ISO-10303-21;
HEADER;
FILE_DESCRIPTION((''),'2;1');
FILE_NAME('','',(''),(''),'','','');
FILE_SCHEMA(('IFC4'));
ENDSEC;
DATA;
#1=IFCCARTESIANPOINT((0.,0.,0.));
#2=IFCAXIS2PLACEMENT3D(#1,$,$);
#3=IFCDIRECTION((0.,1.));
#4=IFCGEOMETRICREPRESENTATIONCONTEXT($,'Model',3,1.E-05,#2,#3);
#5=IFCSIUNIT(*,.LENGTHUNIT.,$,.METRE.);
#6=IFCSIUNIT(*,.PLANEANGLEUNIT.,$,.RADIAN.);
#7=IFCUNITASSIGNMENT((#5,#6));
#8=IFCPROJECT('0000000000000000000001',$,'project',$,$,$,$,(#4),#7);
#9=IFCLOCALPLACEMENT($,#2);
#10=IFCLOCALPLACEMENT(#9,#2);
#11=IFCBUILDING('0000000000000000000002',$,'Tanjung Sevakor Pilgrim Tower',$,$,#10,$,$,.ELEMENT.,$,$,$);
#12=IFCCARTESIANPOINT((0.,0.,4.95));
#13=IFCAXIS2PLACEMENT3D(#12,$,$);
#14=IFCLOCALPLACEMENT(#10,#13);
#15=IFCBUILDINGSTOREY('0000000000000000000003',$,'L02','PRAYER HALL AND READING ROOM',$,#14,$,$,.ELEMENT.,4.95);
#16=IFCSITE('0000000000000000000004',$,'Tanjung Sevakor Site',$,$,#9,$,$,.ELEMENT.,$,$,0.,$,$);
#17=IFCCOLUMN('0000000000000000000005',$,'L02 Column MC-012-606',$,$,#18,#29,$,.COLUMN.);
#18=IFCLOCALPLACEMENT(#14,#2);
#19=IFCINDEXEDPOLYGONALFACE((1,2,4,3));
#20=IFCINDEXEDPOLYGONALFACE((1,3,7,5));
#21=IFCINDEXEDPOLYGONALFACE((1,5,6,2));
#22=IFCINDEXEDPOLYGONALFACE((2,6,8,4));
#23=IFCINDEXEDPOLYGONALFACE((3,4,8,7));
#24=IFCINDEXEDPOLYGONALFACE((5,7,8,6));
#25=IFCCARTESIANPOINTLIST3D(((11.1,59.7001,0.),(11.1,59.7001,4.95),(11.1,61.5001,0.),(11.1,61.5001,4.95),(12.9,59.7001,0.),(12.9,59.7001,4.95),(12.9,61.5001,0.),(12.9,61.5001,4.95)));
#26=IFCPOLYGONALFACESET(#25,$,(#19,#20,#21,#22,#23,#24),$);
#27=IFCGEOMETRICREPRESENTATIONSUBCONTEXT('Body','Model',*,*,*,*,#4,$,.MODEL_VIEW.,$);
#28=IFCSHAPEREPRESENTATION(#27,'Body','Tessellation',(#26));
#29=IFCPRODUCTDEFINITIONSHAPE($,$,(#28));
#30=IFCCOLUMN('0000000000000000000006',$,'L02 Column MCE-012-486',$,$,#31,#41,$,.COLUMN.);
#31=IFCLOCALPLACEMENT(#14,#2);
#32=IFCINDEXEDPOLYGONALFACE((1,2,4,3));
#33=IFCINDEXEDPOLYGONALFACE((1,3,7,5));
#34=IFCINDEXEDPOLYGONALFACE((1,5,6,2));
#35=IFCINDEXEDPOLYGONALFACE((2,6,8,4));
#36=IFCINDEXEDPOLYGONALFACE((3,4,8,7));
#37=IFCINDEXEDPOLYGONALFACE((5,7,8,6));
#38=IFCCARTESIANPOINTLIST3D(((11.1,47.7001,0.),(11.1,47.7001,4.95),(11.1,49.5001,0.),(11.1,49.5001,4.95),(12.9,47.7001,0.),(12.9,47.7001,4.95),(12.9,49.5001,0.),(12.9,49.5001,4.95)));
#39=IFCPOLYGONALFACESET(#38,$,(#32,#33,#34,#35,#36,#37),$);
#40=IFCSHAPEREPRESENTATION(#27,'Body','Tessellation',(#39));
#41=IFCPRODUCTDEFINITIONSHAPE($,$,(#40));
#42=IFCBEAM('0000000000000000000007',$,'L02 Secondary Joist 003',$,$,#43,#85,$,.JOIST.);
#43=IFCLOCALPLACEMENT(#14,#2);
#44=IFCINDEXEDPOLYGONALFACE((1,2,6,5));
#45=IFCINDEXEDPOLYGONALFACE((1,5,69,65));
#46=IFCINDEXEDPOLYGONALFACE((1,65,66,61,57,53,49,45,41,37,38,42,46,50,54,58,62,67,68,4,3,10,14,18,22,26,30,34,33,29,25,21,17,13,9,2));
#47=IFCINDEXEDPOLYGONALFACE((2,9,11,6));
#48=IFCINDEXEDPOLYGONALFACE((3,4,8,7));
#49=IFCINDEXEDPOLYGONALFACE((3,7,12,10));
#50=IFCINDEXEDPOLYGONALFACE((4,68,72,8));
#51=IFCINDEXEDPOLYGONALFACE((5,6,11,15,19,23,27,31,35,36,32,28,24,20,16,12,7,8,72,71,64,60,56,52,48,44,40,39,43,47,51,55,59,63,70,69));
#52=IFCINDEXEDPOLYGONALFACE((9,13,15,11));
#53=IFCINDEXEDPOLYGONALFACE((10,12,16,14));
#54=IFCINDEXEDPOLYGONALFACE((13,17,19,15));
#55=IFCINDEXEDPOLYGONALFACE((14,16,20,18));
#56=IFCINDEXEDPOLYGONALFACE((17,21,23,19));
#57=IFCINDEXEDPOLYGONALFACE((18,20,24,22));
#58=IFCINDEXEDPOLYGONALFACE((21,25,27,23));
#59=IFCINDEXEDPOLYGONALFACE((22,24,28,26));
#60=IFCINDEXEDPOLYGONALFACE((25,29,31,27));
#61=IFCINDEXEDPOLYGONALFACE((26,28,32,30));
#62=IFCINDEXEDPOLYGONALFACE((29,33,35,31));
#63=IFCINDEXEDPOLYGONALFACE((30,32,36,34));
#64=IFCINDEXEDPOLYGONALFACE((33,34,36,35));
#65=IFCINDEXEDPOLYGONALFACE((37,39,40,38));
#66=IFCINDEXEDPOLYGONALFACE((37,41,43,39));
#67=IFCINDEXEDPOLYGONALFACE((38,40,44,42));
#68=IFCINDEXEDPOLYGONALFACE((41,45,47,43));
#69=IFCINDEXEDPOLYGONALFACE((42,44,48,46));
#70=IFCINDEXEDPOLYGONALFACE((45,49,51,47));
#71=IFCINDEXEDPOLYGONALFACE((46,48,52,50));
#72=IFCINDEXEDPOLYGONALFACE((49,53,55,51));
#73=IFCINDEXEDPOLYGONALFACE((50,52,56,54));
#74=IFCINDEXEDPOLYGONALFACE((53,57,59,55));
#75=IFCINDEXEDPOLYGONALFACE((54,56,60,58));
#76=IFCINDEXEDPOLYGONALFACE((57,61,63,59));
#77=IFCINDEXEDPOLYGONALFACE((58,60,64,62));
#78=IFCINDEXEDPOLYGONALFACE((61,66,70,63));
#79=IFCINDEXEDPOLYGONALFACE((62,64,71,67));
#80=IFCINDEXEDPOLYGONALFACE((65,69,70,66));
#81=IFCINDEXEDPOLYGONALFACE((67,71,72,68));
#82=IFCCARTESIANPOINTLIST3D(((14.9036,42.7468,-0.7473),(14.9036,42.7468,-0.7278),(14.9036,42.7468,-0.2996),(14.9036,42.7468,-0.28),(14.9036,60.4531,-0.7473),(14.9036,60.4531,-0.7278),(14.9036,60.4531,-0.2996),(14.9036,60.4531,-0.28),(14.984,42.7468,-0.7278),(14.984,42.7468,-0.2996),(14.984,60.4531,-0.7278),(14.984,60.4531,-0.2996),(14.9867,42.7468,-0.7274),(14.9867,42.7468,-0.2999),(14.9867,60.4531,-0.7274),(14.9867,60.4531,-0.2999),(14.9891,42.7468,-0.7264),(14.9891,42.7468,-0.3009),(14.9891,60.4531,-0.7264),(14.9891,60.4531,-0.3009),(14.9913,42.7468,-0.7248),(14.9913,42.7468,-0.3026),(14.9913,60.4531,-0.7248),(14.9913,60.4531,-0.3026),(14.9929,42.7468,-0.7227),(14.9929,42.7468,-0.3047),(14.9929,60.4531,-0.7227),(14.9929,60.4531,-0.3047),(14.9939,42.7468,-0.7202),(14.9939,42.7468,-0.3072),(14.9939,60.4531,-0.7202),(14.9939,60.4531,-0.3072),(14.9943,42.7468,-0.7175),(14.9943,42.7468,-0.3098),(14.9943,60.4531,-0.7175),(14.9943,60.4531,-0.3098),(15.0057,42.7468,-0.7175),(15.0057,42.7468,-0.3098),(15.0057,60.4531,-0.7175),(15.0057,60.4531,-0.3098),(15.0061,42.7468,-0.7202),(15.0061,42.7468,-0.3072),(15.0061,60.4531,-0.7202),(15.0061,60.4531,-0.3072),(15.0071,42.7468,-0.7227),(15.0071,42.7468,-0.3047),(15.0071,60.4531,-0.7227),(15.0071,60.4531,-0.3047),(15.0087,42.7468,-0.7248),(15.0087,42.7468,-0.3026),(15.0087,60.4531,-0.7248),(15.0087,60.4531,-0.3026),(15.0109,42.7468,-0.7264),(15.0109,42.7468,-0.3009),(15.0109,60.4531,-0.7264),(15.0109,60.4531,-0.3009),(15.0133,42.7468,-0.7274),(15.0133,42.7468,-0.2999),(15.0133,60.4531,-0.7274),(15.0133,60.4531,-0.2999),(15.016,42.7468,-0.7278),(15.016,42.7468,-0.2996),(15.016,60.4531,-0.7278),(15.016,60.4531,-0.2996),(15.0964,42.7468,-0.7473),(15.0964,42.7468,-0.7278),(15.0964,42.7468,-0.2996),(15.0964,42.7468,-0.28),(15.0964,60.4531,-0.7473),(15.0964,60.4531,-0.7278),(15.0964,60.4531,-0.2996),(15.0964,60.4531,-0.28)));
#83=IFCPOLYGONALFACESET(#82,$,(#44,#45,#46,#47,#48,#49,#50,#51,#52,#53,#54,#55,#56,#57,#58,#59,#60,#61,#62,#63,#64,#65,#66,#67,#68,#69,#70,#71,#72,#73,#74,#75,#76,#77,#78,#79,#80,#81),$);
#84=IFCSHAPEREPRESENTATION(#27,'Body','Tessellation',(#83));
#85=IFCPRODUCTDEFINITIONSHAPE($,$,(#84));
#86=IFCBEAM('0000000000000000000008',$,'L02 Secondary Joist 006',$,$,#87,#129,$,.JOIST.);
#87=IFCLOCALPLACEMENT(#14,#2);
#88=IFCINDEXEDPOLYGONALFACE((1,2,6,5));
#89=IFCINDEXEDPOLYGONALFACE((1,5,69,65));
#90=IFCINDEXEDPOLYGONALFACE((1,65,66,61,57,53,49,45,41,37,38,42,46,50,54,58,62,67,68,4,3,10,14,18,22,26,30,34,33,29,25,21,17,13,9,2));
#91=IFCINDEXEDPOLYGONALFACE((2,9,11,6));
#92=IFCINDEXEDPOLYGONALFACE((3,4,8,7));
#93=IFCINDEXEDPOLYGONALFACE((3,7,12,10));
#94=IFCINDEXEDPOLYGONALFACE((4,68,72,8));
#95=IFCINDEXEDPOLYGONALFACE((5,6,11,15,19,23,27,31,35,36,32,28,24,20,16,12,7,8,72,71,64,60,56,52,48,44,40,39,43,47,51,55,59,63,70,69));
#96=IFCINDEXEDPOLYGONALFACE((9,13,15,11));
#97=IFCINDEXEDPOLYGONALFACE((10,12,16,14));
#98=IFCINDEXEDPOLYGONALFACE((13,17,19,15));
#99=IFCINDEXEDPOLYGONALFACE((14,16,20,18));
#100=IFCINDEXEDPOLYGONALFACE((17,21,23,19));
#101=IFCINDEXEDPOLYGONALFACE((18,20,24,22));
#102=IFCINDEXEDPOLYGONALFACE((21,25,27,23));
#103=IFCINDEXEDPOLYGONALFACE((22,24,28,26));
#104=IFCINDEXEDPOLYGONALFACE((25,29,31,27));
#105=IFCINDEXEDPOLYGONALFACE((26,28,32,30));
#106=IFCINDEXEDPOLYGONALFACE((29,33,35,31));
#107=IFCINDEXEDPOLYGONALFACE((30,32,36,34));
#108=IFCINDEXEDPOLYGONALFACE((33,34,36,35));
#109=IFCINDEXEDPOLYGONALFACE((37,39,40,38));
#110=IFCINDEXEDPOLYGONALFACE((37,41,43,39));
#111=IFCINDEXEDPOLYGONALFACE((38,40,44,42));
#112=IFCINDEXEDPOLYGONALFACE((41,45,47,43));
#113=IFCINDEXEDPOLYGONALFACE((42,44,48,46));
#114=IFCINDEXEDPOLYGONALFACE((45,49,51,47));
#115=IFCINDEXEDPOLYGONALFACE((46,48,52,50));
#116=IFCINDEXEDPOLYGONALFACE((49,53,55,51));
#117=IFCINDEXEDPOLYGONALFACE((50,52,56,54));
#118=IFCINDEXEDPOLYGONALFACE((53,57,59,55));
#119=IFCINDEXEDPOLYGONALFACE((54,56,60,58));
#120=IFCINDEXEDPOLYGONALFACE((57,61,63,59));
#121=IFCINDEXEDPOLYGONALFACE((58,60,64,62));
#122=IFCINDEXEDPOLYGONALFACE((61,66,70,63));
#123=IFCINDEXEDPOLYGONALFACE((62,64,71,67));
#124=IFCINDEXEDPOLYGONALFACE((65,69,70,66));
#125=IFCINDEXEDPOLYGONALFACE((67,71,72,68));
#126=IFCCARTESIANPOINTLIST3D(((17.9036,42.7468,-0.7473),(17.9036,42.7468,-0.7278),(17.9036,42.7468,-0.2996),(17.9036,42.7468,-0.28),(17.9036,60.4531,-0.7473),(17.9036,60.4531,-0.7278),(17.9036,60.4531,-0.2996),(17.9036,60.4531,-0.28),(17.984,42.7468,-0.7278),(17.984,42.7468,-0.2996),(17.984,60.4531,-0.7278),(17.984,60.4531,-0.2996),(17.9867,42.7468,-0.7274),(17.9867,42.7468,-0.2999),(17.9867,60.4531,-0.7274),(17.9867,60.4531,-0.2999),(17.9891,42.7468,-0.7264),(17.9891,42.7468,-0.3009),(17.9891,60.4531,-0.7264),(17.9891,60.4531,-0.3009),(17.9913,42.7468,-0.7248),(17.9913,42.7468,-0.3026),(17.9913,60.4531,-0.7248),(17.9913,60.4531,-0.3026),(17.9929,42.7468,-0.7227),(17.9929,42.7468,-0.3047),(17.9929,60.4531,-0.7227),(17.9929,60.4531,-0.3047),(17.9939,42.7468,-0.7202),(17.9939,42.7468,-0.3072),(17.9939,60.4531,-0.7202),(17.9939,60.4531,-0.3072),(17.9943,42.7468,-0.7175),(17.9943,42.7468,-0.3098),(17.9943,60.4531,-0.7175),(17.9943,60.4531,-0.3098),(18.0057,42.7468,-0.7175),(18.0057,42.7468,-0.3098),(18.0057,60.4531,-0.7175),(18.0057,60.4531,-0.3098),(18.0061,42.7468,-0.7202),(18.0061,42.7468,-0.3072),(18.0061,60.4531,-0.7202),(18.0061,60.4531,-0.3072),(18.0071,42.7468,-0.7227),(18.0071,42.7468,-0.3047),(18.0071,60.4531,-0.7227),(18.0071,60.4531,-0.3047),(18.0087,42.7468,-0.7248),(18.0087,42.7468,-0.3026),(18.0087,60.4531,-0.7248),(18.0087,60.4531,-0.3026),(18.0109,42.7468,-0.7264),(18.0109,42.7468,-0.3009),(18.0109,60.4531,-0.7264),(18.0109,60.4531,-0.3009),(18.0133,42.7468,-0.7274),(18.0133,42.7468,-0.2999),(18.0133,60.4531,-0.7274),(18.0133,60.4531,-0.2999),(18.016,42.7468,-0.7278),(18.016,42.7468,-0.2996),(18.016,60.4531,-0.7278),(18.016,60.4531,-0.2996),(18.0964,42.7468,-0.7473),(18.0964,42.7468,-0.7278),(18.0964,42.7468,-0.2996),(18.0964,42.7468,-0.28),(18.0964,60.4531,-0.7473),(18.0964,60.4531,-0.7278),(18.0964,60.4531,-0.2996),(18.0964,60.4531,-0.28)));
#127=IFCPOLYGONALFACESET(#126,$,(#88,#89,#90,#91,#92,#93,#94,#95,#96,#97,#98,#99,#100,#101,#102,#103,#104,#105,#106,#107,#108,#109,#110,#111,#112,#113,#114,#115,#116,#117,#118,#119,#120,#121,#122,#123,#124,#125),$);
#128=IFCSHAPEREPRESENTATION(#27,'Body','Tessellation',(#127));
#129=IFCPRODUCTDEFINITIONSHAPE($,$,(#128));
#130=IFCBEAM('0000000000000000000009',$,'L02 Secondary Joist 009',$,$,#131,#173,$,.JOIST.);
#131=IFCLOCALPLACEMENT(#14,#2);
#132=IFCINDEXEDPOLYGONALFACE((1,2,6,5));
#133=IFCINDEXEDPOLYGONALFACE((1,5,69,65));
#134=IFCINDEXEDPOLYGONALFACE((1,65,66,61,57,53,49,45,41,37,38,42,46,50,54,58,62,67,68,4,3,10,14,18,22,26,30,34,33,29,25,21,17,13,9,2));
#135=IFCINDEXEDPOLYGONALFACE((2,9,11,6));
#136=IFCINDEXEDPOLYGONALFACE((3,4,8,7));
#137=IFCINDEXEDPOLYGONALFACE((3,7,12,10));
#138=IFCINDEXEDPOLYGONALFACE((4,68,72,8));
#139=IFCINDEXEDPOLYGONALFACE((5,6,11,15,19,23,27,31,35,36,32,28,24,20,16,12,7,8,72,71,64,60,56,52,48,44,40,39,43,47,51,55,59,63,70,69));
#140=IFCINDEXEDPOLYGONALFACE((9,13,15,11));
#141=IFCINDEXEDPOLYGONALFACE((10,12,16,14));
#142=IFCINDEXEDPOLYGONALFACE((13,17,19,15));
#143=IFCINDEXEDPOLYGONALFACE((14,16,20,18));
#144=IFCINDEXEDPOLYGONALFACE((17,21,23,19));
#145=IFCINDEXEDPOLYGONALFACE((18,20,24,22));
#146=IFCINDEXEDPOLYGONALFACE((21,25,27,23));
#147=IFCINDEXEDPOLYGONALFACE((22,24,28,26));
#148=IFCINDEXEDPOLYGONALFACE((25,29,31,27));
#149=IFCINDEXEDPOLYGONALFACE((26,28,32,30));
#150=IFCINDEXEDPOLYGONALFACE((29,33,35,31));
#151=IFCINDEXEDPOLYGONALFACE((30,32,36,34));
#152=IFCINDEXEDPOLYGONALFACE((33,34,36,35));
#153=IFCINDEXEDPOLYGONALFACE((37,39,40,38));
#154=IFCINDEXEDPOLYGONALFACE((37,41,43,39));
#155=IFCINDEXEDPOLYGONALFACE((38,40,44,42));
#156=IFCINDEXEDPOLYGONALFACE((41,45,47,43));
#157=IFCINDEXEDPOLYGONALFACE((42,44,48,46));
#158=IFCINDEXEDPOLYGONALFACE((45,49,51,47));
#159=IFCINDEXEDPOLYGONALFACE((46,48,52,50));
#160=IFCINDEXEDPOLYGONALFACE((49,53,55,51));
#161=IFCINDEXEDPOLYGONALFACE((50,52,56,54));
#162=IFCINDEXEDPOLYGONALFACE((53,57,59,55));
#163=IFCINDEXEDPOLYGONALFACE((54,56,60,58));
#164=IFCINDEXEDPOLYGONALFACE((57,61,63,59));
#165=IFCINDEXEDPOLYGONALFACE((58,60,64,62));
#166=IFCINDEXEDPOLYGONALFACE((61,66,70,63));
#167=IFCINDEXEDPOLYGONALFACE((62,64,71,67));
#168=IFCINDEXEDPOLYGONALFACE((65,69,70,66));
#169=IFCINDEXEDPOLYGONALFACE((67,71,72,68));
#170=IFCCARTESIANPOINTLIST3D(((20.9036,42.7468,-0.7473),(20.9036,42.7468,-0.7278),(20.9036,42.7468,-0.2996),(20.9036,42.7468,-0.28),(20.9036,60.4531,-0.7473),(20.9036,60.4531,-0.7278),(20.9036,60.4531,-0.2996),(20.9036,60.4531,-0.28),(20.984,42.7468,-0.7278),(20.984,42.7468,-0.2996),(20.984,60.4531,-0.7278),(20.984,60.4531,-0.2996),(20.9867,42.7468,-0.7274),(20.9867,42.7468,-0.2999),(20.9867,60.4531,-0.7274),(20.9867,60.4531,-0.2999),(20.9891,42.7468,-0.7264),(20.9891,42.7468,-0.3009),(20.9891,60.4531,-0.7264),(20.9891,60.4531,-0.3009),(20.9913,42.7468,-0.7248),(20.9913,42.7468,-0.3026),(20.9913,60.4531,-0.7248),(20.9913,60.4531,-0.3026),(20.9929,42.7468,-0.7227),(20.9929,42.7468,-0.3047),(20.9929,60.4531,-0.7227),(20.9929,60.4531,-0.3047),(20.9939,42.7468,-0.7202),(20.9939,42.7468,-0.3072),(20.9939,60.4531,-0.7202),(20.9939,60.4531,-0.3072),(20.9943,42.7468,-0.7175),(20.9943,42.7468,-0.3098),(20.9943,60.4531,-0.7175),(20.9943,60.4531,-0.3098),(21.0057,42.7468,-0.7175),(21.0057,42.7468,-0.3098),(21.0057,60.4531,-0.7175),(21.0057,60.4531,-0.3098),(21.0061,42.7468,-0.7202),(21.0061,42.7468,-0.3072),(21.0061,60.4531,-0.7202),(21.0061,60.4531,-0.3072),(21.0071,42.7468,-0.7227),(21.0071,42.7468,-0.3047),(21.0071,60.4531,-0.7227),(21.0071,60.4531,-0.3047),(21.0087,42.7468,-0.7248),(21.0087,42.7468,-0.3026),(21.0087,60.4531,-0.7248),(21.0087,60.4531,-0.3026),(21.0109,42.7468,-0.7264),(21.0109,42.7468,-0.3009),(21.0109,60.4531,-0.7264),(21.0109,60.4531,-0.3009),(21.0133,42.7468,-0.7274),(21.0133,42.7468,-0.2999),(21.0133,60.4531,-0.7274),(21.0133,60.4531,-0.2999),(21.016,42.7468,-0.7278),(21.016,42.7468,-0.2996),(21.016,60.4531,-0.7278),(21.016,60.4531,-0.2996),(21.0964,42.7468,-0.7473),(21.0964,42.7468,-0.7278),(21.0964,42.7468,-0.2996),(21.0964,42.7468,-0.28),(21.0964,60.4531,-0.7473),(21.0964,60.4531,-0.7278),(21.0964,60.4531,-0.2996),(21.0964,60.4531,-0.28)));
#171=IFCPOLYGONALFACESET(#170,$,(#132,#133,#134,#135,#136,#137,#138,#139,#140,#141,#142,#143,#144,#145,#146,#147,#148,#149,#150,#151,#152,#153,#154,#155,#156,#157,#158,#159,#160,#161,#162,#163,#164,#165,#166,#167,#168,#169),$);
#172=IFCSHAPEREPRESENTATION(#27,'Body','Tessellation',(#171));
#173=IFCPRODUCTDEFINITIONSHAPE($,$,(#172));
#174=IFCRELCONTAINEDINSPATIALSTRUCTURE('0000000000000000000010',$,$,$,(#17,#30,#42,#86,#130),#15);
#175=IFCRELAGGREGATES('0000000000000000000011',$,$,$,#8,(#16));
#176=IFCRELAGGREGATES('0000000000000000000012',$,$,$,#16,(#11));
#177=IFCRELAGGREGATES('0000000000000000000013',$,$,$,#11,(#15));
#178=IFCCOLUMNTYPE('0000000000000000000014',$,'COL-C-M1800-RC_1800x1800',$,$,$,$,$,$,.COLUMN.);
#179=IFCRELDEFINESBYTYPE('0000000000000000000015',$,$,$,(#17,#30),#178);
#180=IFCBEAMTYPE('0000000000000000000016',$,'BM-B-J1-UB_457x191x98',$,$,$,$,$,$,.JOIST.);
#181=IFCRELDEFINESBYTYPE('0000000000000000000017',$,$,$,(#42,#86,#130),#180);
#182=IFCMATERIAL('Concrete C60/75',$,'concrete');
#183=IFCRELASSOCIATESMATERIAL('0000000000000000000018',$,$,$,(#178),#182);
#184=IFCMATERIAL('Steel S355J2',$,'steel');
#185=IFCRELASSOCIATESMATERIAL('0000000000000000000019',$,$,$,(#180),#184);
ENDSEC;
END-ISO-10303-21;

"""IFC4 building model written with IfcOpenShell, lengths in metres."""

from ifc_helpers import new_model, si_unit, direction, frame, origin, origin_2d, place, context, subcontext, project, spatial, rectangle, i_section, extrude, material, material_profile, profile_set, type_object, element, save


model = new_model("IFC4")

# Units and contexts
model_context = context("Model", 3, precision=1e-05, world=origin(), true_north=direction((0.0, 1.0)))
body_context = subcontext(model_context, "Body", "Model", "MODEL_VIEW")
ifc_project = project(units=[si_unit("LENGTHUNIT", "METRE"), si_unit("PLANEANGLEUNIT", "RADIAN")], contexts=[model_context])

# Site, building, storey
site_placement = place(None, origin())
site = spatial("IfcSite", under=ifc_project, at=site_placement, Name="Tanjung Sevakor Site", CompositionType="ELEMENT", RefElevation=0.0)
building_placement = place(site_placement, origin())
building = spatial("IfcBuilding", under=site, at=building_placement, Name="Tanjung Sevakor Pilgrim Tower", CompositionType="ELEMENT")
storey_placement = place(building_placement, frame((0.0, 0.0, 4.95)))
storey = spatial("IfcBuildingStorey", under=building, at=storey_placement, Name="L02", Description="PRAYER HALL AND READING ROOM", CompositionType="ELEMENT", Elevation=4.95)

# Columns
ifc_material_1 = material(Name="Concrete C60/75", Category="concrete")
ifc_material_profile_1 = material_profile(ifc_material_1, rectangle(XDim=1.8, YDim=1.8, at=origin_2d()))
ifc_profile_set_1 = profile_set([ifc_material_profile_1], Name="Concrete C60/75")
column_type = type_object("IfcColumnType", Name="COL-C-M1800-RC_1800x1800", PredefinedType="COLUMN", material=ifc_profile_set_1)
for number, where, z_axis, x_axis, name in (
    (1, (12.0, 60.6001, 0.0), (0.0, 0.0, 1.0), (1.0, 0.0, 0.0), "L02 Column MC-012-606"),
    (2, (12.0, 48.6001, 0.0), (0.0, 0.0, 1.0), (1.0, 0.0, 0.0), "L02 Column MCE-012-486"),
):
    element("IfcColumn", number, at=place(storey_placement, frame(where, z_axis=z_axis, x_axis=x_axis)), inside=storey, type_object=column_type, Name=name, PredefinedType="COLUMN", context=body_context, shape_type="SweptSolid", body=[
        extrude(rectangle(XDim=1.8, YDim=1.8, at=origin_2d()), origin(), (0.0, 0.0, 1.0), 4.95),
    ])

# Beams
ifc_material_2 = material(Name="Steel S355J2", Category="steel")
ifc_material_profile_2 = material_profile(ifc_material_2, i_section(OverallWidth=0.1929, OverallDepth=0.4673, WebThickness=0.0115, FlangeThickness=0.0195, FilletRadius=0.0103, at=origin_2d()))
ifc_profile_set_2 = profile_set([ifc_material_profile_2], Name="Steel S355J2")
beam_type_1 = type_object("IfcBeamType", Name="BM-B-J1-UB_457x191x98", PredefinedType="JOIST", material=ifc_profile_set_2)
for number, where, z_axis, x_axis, name in (
    (3, (15.0, 42.7468, -0.5137), (0.0, 1.0, 0.0), (-1.0, 0.0, 0.0), "L02 Secondary Joist 003"),
    (4, (18.0, 42.7468, -0.5137), (0.0, 1.0, 0.0), (-1.0, 0.0, 0.0), "L02 Secondary Joist 006"),
    (5, (21.0, 42.7468, -0.5137), (0.0, 1.0, 0.0), (-1.0, 0.0, 0.0), "L02 Secondary Joist 009"),
):
    element("IfcBeam", number, at=place(storey_placement, frame(where, z_axis=z_axis, x_axis=x_axis)), inside=storey, type_object=beam_type_1, Name=name, PredefinedType="JOIST", context=body_context, shape_type="SweptSolid", body=[
        extrude(i_section(OverallWidth=0.1929, OverallDepth=0.4673, WebThickness=0.0115, FlangeThickness=0.0195, FilletRadius=0.0103, at=origin_2d()), origin(), (0.0, 0.0, 1.0), 17.7063),
    ])

save(model, "model.ifc")
